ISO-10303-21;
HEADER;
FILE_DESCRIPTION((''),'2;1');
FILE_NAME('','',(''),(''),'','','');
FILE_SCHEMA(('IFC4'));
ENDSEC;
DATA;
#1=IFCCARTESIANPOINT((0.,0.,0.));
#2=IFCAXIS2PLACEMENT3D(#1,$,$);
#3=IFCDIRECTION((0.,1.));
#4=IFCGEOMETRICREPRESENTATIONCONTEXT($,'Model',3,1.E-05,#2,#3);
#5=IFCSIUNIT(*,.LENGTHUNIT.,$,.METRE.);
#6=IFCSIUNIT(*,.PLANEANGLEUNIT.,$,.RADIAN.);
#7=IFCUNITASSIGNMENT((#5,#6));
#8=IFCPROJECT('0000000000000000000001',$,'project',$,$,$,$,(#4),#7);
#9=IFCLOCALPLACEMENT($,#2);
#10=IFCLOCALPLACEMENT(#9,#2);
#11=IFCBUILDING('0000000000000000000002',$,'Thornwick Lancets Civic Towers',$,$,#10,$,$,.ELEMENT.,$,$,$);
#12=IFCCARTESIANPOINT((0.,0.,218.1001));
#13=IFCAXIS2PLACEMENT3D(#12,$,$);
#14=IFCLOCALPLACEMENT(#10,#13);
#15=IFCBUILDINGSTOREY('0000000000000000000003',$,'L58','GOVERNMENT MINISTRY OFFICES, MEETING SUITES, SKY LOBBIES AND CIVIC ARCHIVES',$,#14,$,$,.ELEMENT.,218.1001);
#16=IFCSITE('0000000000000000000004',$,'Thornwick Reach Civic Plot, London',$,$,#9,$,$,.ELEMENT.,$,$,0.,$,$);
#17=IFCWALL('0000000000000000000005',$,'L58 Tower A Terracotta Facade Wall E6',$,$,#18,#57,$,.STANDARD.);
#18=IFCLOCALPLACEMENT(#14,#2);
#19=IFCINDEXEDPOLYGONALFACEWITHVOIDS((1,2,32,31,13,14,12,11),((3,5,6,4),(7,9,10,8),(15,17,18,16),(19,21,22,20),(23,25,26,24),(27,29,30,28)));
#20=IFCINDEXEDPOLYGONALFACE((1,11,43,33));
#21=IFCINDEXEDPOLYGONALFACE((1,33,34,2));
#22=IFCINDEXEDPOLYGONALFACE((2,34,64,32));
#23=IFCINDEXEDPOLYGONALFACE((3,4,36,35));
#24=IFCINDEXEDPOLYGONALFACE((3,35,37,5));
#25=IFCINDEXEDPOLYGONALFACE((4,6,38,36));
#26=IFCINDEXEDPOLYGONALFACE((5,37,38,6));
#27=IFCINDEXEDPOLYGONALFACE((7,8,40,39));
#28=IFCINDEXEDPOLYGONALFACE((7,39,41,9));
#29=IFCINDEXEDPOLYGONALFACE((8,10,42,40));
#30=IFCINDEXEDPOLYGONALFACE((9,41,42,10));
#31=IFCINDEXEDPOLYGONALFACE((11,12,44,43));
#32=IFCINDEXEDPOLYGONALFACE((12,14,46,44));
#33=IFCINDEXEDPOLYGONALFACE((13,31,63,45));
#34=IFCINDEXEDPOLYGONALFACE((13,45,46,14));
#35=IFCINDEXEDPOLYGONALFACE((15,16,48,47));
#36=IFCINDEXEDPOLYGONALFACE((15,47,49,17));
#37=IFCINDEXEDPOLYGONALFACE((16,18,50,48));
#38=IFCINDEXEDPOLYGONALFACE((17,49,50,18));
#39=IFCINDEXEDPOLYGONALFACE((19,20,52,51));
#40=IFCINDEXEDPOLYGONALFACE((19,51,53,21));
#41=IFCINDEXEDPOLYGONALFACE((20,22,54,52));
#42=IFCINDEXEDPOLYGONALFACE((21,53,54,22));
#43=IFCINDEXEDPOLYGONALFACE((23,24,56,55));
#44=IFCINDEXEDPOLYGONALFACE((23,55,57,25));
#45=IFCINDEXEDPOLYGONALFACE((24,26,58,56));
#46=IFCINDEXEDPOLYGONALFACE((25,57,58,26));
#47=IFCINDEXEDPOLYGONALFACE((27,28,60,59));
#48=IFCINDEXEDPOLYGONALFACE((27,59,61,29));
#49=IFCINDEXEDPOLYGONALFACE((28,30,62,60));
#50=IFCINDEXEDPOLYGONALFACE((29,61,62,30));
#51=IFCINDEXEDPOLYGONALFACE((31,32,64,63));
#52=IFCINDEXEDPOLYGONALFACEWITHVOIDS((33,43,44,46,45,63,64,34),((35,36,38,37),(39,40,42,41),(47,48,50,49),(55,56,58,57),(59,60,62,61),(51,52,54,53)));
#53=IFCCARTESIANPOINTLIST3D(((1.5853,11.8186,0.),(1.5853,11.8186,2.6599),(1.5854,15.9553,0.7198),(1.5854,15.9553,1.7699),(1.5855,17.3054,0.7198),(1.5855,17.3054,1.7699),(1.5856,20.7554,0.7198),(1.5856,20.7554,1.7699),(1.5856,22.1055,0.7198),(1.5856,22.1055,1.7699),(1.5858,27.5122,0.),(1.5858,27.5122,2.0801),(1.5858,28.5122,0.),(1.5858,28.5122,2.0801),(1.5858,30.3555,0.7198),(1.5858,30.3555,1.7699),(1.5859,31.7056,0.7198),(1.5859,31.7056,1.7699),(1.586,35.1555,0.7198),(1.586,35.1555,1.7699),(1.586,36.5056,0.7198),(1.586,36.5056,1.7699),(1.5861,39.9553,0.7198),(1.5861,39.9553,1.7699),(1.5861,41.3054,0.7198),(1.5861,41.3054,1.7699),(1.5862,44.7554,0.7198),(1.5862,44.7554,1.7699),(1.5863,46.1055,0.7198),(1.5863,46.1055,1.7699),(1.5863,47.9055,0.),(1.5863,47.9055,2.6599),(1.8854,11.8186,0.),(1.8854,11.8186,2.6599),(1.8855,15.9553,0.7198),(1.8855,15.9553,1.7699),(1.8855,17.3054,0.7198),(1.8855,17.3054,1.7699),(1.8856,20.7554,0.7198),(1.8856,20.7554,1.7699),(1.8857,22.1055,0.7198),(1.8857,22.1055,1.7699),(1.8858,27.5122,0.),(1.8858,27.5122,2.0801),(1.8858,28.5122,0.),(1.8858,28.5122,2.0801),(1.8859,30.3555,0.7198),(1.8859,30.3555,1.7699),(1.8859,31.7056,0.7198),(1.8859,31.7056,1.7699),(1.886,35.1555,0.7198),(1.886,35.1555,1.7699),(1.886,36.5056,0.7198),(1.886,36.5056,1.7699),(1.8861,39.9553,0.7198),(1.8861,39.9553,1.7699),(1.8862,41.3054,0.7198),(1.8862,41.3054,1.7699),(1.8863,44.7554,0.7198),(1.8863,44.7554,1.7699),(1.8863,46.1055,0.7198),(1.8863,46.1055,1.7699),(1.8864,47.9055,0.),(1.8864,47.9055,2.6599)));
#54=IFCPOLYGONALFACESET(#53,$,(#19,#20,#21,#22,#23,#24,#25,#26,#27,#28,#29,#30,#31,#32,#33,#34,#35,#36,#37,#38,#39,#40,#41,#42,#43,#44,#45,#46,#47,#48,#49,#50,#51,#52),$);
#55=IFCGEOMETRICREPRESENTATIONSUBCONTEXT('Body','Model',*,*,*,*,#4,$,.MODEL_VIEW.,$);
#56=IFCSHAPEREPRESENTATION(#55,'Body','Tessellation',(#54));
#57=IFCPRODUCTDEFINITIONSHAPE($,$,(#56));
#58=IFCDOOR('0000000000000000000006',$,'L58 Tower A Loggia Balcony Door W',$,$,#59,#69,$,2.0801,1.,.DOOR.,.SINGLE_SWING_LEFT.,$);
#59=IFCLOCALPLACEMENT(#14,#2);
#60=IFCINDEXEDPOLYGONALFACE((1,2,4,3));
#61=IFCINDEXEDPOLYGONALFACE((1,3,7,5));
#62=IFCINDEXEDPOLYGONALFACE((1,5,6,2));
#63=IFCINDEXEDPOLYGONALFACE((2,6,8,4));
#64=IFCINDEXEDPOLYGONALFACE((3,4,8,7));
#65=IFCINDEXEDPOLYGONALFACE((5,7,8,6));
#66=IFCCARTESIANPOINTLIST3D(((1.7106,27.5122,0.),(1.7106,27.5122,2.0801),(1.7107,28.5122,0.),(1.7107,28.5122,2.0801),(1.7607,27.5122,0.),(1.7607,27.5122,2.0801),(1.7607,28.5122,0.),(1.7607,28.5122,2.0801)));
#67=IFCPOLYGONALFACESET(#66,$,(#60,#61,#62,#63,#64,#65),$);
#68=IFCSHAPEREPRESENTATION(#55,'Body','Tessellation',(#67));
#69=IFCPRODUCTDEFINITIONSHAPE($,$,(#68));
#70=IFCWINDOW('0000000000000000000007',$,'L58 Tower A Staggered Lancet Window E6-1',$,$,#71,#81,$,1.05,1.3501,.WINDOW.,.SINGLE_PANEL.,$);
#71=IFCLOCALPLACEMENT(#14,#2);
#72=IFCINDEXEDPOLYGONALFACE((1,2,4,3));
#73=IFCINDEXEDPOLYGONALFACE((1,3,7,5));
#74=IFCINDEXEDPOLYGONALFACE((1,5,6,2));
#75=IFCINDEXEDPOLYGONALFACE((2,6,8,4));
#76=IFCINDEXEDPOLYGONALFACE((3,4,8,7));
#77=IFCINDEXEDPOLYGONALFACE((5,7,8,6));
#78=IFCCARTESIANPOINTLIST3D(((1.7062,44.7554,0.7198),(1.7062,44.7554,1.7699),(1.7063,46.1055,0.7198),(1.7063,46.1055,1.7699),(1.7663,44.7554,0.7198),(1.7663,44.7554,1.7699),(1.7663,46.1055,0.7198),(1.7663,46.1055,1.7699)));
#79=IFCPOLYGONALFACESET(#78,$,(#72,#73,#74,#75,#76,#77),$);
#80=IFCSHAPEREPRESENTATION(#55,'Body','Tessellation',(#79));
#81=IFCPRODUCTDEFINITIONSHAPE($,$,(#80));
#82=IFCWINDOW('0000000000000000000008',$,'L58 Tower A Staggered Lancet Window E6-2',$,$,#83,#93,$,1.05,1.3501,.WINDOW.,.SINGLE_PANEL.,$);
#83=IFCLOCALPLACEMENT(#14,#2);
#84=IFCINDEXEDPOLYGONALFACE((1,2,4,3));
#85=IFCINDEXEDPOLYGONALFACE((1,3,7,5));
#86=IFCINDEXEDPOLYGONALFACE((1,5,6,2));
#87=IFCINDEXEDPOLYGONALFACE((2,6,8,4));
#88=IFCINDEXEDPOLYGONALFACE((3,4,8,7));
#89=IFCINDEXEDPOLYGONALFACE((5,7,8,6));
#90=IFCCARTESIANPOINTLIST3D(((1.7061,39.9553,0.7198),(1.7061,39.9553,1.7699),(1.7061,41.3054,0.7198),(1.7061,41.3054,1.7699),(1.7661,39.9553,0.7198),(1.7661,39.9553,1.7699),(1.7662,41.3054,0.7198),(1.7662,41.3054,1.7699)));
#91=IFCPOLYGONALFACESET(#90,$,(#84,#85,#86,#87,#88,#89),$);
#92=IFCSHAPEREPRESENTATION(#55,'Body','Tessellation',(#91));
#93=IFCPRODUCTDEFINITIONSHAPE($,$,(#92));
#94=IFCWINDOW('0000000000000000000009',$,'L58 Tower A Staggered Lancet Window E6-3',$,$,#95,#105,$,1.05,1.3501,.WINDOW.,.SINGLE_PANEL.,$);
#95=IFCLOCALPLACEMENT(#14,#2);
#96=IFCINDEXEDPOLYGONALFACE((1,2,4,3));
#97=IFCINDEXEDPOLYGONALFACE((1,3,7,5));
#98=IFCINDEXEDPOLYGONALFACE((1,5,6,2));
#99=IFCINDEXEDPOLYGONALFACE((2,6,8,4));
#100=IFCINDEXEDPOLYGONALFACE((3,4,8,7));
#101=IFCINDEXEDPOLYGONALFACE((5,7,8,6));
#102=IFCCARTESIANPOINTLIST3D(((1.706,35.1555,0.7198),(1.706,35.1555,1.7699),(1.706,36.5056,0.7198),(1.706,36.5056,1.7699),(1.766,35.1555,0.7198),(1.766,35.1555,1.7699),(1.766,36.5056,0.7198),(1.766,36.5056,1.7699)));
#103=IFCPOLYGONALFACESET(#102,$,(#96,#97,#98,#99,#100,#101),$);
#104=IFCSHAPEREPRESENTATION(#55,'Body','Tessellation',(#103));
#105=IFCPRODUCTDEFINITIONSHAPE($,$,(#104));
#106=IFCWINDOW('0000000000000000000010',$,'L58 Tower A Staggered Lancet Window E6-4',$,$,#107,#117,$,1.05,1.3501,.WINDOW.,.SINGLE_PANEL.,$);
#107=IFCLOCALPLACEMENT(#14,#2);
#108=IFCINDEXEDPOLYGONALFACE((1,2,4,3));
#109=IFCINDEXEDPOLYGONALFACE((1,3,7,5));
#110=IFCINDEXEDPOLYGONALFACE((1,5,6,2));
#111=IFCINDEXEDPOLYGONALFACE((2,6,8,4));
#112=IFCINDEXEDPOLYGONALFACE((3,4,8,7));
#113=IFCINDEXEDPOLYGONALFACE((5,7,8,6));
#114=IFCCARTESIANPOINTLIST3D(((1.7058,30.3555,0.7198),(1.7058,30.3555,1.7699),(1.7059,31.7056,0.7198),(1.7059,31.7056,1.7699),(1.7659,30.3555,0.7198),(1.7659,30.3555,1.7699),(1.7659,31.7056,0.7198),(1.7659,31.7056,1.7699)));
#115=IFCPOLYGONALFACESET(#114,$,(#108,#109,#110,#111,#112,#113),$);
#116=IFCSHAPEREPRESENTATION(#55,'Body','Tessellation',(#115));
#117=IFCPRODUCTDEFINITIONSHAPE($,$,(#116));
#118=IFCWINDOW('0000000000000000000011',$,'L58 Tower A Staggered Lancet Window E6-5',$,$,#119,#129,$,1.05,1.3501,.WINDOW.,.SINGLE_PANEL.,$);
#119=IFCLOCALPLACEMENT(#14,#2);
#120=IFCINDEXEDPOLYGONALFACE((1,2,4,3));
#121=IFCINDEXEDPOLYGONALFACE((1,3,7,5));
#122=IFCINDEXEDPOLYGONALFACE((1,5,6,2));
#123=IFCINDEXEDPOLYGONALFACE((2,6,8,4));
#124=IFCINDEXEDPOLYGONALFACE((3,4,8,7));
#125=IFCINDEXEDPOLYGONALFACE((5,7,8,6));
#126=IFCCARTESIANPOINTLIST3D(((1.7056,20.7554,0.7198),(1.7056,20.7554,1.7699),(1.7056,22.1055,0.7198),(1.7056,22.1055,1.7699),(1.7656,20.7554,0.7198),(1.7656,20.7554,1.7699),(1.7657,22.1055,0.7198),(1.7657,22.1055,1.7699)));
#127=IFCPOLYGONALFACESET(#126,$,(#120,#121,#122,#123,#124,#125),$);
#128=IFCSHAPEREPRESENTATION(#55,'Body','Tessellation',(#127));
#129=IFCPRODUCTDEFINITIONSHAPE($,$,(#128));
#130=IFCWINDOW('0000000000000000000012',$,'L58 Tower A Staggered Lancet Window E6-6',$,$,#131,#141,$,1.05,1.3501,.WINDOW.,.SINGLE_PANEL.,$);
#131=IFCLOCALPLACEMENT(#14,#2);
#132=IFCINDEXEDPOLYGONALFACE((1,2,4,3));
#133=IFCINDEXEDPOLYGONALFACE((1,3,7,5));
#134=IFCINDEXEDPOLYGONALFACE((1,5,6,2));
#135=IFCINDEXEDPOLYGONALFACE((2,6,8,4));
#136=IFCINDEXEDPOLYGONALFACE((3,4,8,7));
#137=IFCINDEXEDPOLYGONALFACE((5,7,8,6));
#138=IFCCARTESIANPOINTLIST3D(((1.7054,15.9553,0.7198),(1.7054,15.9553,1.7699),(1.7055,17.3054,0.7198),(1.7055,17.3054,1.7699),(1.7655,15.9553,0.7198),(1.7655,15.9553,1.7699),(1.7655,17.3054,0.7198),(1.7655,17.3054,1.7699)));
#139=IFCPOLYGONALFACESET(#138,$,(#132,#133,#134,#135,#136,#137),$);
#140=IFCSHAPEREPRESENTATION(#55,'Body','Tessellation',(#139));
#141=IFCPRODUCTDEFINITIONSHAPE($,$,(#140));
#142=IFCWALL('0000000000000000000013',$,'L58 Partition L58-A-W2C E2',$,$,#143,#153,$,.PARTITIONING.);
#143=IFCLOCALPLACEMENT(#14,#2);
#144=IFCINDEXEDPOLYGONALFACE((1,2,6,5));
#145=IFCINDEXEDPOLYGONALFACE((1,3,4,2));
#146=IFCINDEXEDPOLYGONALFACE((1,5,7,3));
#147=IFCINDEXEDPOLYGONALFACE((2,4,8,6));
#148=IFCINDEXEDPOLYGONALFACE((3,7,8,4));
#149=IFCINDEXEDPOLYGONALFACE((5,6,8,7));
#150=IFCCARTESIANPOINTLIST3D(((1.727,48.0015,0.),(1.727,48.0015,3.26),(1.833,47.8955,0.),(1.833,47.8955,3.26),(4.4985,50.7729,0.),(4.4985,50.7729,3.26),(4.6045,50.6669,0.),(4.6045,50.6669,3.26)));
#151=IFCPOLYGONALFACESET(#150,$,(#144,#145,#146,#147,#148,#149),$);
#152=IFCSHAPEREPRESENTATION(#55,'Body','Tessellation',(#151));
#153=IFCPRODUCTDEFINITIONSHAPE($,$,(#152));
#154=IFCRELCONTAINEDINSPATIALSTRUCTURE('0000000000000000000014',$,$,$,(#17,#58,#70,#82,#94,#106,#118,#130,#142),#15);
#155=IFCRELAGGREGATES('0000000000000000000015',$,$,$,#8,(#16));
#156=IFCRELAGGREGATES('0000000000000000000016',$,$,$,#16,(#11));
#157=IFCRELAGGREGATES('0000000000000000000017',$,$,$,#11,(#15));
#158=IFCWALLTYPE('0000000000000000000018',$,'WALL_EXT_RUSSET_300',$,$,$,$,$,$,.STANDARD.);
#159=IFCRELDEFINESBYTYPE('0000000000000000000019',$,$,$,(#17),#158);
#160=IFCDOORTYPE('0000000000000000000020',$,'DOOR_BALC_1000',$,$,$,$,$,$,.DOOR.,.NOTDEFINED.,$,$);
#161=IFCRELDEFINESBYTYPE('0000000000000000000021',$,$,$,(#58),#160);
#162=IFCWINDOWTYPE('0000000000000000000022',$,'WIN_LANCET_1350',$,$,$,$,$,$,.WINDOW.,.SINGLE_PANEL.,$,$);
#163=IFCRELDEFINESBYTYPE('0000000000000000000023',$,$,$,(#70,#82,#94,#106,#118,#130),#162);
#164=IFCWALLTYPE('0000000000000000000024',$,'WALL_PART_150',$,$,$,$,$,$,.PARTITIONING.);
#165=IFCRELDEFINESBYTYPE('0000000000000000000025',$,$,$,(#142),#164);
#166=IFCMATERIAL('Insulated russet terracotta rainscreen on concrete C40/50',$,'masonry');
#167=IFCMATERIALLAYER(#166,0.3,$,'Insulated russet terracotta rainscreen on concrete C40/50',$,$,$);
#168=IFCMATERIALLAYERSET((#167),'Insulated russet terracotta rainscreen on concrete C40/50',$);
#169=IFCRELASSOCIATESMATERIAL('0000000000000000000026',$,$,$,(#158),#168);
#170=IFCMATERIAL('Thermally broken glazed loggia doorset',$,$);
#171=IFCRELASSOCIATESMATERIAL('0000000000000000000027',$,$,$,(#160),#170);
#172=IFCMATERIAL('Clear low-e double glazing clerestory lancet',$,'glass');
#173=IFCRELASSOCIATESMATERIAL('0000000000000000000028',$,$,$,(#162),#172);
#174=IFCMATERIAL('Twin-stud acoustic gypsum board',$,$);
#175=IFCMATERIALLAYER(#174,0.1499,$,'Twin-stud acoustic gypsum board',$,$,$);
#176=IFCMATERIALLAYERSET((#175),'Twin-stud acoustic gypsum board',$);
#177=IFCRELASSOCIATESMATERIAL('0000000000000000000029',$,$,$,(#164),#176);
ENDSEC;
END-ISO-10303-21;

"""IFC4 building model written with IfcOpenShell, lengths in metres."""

from ifc_helpers import new_model, si_unit, direction, frame, frame_2d, origin, place, context, subcontext, project, spatial, rectangle, extrude, material, layer, layer_set, type_object, element, fill, save


model = new_model("IFC4")

# Units and contexts
model_context = context("Model", 3, precision=1e-05, world=origin(), true_north=direction((0.0, 1.0)))
body_context = subcontext(model_context, "Body", "Model", "MODEL_VIEW")
ifc_project = project(units=[si_unit("LENGTHUNIT", "METRE"), si_unit("PLANEANGLEUNIT", "RADIAN")], contexts=[model_context])

# Site, building, storey
site_placement = place(None, origin())
site = spatial("IfcSite", under=ifc_project, at=site_placement, Name="Thornwick Reach Civic Plot, London", CompositionType="ELEMENT", RefElevation=0.0)
building_placement = place(site_placement, origin())
building = spatial("IfcBuilding", under=site, at=building_placement, Name="Thornwick Lancets Civic Towers", CompositionType="ELEMENT")
storey_placement = place(building_placement, frame((0.0, 0.0, 218.1001)))
storey = spatial("IfcBuildingStorey", under=building, at=storey_placement, Name="L58", Description="GOVERNMENT MINISTRY OFFICES, MEETING SUITES, SKY LOBBIES AND CIVIC ARCHIVES", CompositionType="ELEMENT", Elevation=218.1001)

# Wall, openings, door, windows
ifc_material_1 = material(Name="Insulated russet terracotta rainscreen on concrete C40/50", Category="masonry")
ifc_layer_1 = layer(ifc_material_1, 0.3, Name="Insulated russet terracotta rainscreen on concrete C40/50")
ifc_layer_set_1 = layer_set([ifc_layer_1], Name="Insulated russet terracotta rainscreen on concrete C40/50")
wall_type_1 = type_object("IfcWallType", Name="WALL_EXT_RUSSET_300", PredefinedType="STANDARD", material=ifc_layer_set_1)
wall_1_placement = place(storey_placement, frame((1.7363, 47.9055, 0.0), z_axis=(0.0, 0.0, 1.0), x_axis=(-0.000027, -1.0, 0.0)))
wall_1 = element("IfcWall", 1, at=wall_1_placement, inside=storey, type_object=wall_type_1, Name="L58 Tower A Terracotta Facade Wall E6", PredefinedType="STANDARD", context=body_context, shape_type="SweptSolid", body=[
    extrude(rectangle(XDim=36.0869, YDim=0.3, at=frame_2d((18.0435, 0.0))), origin(), (0.0, 0.0, 1.0), 2.6599),
])
opening_1_placement = place(wall_1_placement, frame((19.3933, 0.0, 0.0)))
opening_1 = element("IfcOpeningElement", 2, at=opening_1_placement, cuts=wall_1, PredefinedType="OPENING", context=body_context, shape_type="SweptSolid", body=[
    extrude(rectangle(XDim=1.0, YDim=2.0801, at=frame_2d((0.5, 1.04))), frame((0.0, 0.1602, 0.0), z_axis=(0.0, -1.0, 0.0), x_axis=(1.0, 0.0, 0.0)), (0.0, 0.0, 1.0), 0.3201),
])
opening_2_placement = place(wall_1_placement, frame((1.8, 0.0, 0.72)))
opening_2 = element("IfcOpeningElement", 3, at=opening_2_placement, cuts=wall_1, PredefinedType="OPENING", context=body_context, shape_type="SweptSolid", body=[
    extrude(rectangle(XDim=1.3501, YDim=1.05, at=frame_2d((0.675, 0.5249))), frame((0.0, 0.1602, 0.0), z_axis=(0.0, -1.0, 0.0), x_axis=(1.0, 0.0, 0.0)), (0.0, 0.0, 1.0), 0.3201),
])
opening_3_placement = place(wall_1_placement, frame((6.6001, 0.0, 0.72)))
opening_3 = element("IfcOpeningElement", 4, at=opening_3_placement, cuts=wall_1, PredefinedType="OPENING", context=body_context, shape_type="SweptSolid", body=[
    extrude(rectangle(XDim=1.3501, YDim=1.05, at=frame_2d((0.675, 0.5249))), frame((0.0, 0.1602, 0.0), z_axis=(0.0, -1.0, 0.0), x_axis=(1.0, 0.0, 0.0)), (0.0, 0.0, 1.0), 0.3201),
])
opening_4_placement = place(wall_1_placement, frame((11.3999, 0.0, 0.72)))
opening_4 = element("IfcOpeningElement", 5, at=opening_4_placement, cuts=wall_1, PredefinedType="OPENING", context=body_context, shape_type="SweptSolid", body=[
    extrude(rectangle(XDim=1.3501, YDim=1.05, at=frame_2d((0.675, 0.5249))), frame((0.0, 0.1602, 0.0), z_axis=(0.0, -1.0, 0.0), x_axis=(1.0, 0.0, 0.0)), (0.0, 0.0, 1.0), 0.3201),
])
opening_5_placement = place(wall_1_placement, frame((16.2, 0.0, 0.72)))
opening_5 = element("IfcOpeningElement", 6, at=opening_5_placement, cuts=wall_1, PredefinedType="OPENING", context=body_context, shape_type="SweptSolid", body=[
    extrude(rectangle(XDim=1.3501, YDim=1.05, at=frame_2d((0.675, 0.5249))), frame((0.0, 0.1602, 0.0), z_axis=(0.0, -1.0, 0.0), x_axis=(1.0, 0.0, 0.0)), (0.0, 0.0, 1.0), 0.3201),
])
opening_6_placement = place(wall_1_placement, frame((25.8, 0.0, 0.72)))
opening_6 = element("IfcOpeningElement", 7, at=opening_6_placement, cuts=wall_1, PredefinedType="OPENING", context=body_context, shape_type="SweptSolid", body=[
    extrude(rectangle(XDim=1.3501, YDim=1.05, at=frame_2d((0.675, 0.5249))), frame((0.0, 0.1602, 0.0), z_axis=(0.0, -1.0, 0.0), x_axis=(1.0, 0.0, 0.0)), (0.0, 0.0, 1.0), 0.3201),
])
opening_7_placement = place(wall_1_placement, frame((30.6001, 0.0, 0.72)))
opening_7 = element("IfcOpeningElement", 8, at=opening_7_placement, cuts=wall_1, PredefinedType="OPENING", context=body_context, shape_type="SweptSolid", body=[
    extrude(rectangle(XDim=1.3501, YDim=1.05, at=frame_2d((0.675, 0.5249))), frame((0.0, 0.1602, 0.0), z_axis=(0.0, -1.0, 0.0), x_axis=(1.0, 0.0, 0.0)), (0.0, 0.0, 1.0), 0.3201),
])
ifc_material_2 = material(Name="Thermally broken glazed loggia doorset")
door_type = type_object("IfcDoorType", Name="DOOR_BALC_1000", OperationType="NOTDEFINED", PredefinedType="DOOR", material=ifc_material_2)
door_placement = place(opening_1_placement, origin())
door = element("IfcDoor", 9, at=door_placement, inside=storey, type_object=door_type, Name="L58 Tower A Loggia Balcony Door W", OperationType="SINGLE_SWING_LEFT", OverallHeight=2.0801, OverallWidth=1.0, PredefinedType="DOOR", context=body_context, shape_type="SweptSolid", body=[
    extrude(rectangle(XDim=1.0, YDim=2.0801, at=frame_2d((0.5, 1.04))), frame((0.0, 0.0249, 0.0), z_axis=(0.0, -1.0, 0.0), x_axis=(1.0, 0.0, 0.0)), (0.0, 0.0, 1.0), 0.05),
])
fill(opening_1, door)
ifc_material_3 = material(Name="Clear low-e double glazing clerestory lancet", Category="glass")
window_type = type_object("IfcWindowType", Name="WIN_LANCET_1350", PartitioningType="SINGLE_PANEL", PredefinedType="WINDOW", material=ifc_material_3)
window_1_placement = place(opening_2_placement, origin())
window_1 = element("IfcWindow", 10, at=window_1_placement, inside=storey, type_object=window_type, Name="L58 Tower A Staggered Lancet Window E6-1", OverallHeight=1.05, OverallWidth=1.3501, PartitioningType="SINGLE_PANEL", PredefinedType="WINDOW", context=body_context, shape_type="SweptSolid", body=[
    extrude(rectangle(XDim=1.3501, YDim=1.05, at=frame_2d((0.675, 0.5249))), frame((0.0, 0.03, 0.0), z_axis=(0.0, -1.0, 0.0), x_axis=(1.0, 0.0, 0.0)), (0.0, 0.0, 1.0), 0.0601),
])
fill(opening_2, window_1)
window_2_placement = place(opening_3_placement, origin())
window_2 = element("IfcWindow", 11, at=window_2_placement, inside=storey, type_object=window_type, Name="L58 Tower A Staggered Lancet Window E6-2", OverallHeight=1.05, OverallWidth=1.3501, PartitioningType="SINGLE_PANEL", PredefinedType="WINDOW", context=body_context, shape_type="SweptSolid", body=[
    extrude(rectangle(XDim=1.3501, YDim=1.05, at=frame_2d((0.675, 0.5249))), frame((0.0, 0.03, 0.0), z_axis=(0.0, -1.0, 0.0), x_axis=(1.0, 0.0, 0.0)), (0.0, 0.0, 1.0), 0.0601),
])
fill(opening_3, window_2)
window_3_placement = place(opening_4_placement, origin())
window_3 = element("IfcWindow", 12, at=window_3_placement, inside=storey, type_object=window_type, Name="L58 Tower A Staggered Lancet Window E6-3", OverallHeight=1.05, OverallWidth=1.3501, PartitioningType="SINGLE_PANEL", PredefinedType="WINDOW", context=body_context, shape_type="SweptSolid", body=[
    extrude(rectangle(XDim=1.3501, YDim=1.05, at=frame_2d((0.675, 0.5249))), frame((0.0, 0.03, 0.0), z_axis=(0.0, -1.0, 0.0), x_axis=(1.0, 0.0, 0.0)), (0.0, 0.0, 1.0), 0.0601),
])
fill(opening_4, window_3)
window_4_placement = place(opening_5_placement, origin())
window_4 = element("IfcWindow", 13, at=window_4_placement, inside=storey, type_object=window_type, Name="L58 Tower A Staggered Lancet Window E6-4", OverallHeight=1.05, OverallWidth=1.3501, PartitioningType="SINGLE_PANEL", PredefinedType="WINDOW", context=body_context, shape_type="SweptSolid", body=[
    extrude(rectangle(XDim=1.3501, YDim=1.05, at=frame_2d((0.675, 0.5249))), frame((0.0, 0.03, 0.0), z_axis=(0.0, -1.0, 0.0), x_axis=(1.0, 0.0, 0.0)), (0.0, 0.0, 1.0), 0.0601),
])
fill(opening_5, window_4)
window_5_placement = place(opening_6_placement, origin())
window_5 = element("IfcWindow", 14, at=window_5_placement, inside=storey, type_object=window_type, Name="L58 Tower A Staggered Lancet Window E6-5", OverallHeight=1.05, OverallWidth=1.3501, PartitioningType="SINGLE_PANEL", PredefinedType="WINDOW", context=body_context, shape_type="SweptSolid", body=[
    extrude(rectangle(XDim=1.3501, YDim=1.05, at=frame_2d((0.675, 0.5249))), frame((0.0, 0.03, 0.0), z_axis=(0.0, -1.0, 0.0), x_axis=(1.0, 0.0, 0.0)), (0.0, 0.0, 1.0), 0.0601),
])
fill(opening_6, window_5)
window_6_placement = place(opening_7_placement, origin())
window_6 = element("IfcWindow", 15, at=window_6_placement, inside=storey, type_object=window_type, Name="L58 Tower A Staggered Lancet Window E6-6", OverallHeight=1.05, OverallWidth=1.3501, PartitioningType="SINGLE_PANEL", PredefinedType="WINDOW", context=body_context, shape_type="SweptSolid", body=[
    extrude(rectangle(XDim=1.3501, YDim=1.05, at=frame_2d((0.675, 0.5249))), frame((0.0, 0.03, 0.0), z_axis=(0.0, -1.0, 0.0), x_axis=(1.0, 0.0, 0.0)), (0.0, 0.0, 1.0), 0.0601),
])
fill(opening_7, window_6)

# Wall
ifc_material_4 = material(Name="Twin-stud acoustic gypsum board")
ifc_layer_2 = layer(ifc_material_4, 0.1499, Name="Twin-stud acoustic gypsum board")
ifc_layer_set_2 = layer_set([ifc_layer_2], Name="Twin-stud acoustic gypsum board")
wall_type_2 = type_object("IfcWallType", Name="WALL_PART_150", PredefinedType="PARTITIONING", material=ifc_layer_set_2)
wall_2_placement = place(storey_placement, frame((1.78, 47.9485, 0.0), z_axis=(0.0, 0.0, 1.0), x_axis=(0.707107, 0.707107, 0.0)))
element("IfcWall", 16, at=wall_2_placement, inside=storey, type_object=wall_type_2, Name="L58 Partition L58-A-W2C E2", PredefinedType="PARTITIONING", context=body_context, shape_type="SweptSolid", body=[
    extrude(rectangle(XDim=3.9194, YDim=0.1499, at=frame_2d((1.9597, 0.0))), origin(), (0.0, 0.0, 1.0), 3.26),
])

save(model, "model.ifc")
